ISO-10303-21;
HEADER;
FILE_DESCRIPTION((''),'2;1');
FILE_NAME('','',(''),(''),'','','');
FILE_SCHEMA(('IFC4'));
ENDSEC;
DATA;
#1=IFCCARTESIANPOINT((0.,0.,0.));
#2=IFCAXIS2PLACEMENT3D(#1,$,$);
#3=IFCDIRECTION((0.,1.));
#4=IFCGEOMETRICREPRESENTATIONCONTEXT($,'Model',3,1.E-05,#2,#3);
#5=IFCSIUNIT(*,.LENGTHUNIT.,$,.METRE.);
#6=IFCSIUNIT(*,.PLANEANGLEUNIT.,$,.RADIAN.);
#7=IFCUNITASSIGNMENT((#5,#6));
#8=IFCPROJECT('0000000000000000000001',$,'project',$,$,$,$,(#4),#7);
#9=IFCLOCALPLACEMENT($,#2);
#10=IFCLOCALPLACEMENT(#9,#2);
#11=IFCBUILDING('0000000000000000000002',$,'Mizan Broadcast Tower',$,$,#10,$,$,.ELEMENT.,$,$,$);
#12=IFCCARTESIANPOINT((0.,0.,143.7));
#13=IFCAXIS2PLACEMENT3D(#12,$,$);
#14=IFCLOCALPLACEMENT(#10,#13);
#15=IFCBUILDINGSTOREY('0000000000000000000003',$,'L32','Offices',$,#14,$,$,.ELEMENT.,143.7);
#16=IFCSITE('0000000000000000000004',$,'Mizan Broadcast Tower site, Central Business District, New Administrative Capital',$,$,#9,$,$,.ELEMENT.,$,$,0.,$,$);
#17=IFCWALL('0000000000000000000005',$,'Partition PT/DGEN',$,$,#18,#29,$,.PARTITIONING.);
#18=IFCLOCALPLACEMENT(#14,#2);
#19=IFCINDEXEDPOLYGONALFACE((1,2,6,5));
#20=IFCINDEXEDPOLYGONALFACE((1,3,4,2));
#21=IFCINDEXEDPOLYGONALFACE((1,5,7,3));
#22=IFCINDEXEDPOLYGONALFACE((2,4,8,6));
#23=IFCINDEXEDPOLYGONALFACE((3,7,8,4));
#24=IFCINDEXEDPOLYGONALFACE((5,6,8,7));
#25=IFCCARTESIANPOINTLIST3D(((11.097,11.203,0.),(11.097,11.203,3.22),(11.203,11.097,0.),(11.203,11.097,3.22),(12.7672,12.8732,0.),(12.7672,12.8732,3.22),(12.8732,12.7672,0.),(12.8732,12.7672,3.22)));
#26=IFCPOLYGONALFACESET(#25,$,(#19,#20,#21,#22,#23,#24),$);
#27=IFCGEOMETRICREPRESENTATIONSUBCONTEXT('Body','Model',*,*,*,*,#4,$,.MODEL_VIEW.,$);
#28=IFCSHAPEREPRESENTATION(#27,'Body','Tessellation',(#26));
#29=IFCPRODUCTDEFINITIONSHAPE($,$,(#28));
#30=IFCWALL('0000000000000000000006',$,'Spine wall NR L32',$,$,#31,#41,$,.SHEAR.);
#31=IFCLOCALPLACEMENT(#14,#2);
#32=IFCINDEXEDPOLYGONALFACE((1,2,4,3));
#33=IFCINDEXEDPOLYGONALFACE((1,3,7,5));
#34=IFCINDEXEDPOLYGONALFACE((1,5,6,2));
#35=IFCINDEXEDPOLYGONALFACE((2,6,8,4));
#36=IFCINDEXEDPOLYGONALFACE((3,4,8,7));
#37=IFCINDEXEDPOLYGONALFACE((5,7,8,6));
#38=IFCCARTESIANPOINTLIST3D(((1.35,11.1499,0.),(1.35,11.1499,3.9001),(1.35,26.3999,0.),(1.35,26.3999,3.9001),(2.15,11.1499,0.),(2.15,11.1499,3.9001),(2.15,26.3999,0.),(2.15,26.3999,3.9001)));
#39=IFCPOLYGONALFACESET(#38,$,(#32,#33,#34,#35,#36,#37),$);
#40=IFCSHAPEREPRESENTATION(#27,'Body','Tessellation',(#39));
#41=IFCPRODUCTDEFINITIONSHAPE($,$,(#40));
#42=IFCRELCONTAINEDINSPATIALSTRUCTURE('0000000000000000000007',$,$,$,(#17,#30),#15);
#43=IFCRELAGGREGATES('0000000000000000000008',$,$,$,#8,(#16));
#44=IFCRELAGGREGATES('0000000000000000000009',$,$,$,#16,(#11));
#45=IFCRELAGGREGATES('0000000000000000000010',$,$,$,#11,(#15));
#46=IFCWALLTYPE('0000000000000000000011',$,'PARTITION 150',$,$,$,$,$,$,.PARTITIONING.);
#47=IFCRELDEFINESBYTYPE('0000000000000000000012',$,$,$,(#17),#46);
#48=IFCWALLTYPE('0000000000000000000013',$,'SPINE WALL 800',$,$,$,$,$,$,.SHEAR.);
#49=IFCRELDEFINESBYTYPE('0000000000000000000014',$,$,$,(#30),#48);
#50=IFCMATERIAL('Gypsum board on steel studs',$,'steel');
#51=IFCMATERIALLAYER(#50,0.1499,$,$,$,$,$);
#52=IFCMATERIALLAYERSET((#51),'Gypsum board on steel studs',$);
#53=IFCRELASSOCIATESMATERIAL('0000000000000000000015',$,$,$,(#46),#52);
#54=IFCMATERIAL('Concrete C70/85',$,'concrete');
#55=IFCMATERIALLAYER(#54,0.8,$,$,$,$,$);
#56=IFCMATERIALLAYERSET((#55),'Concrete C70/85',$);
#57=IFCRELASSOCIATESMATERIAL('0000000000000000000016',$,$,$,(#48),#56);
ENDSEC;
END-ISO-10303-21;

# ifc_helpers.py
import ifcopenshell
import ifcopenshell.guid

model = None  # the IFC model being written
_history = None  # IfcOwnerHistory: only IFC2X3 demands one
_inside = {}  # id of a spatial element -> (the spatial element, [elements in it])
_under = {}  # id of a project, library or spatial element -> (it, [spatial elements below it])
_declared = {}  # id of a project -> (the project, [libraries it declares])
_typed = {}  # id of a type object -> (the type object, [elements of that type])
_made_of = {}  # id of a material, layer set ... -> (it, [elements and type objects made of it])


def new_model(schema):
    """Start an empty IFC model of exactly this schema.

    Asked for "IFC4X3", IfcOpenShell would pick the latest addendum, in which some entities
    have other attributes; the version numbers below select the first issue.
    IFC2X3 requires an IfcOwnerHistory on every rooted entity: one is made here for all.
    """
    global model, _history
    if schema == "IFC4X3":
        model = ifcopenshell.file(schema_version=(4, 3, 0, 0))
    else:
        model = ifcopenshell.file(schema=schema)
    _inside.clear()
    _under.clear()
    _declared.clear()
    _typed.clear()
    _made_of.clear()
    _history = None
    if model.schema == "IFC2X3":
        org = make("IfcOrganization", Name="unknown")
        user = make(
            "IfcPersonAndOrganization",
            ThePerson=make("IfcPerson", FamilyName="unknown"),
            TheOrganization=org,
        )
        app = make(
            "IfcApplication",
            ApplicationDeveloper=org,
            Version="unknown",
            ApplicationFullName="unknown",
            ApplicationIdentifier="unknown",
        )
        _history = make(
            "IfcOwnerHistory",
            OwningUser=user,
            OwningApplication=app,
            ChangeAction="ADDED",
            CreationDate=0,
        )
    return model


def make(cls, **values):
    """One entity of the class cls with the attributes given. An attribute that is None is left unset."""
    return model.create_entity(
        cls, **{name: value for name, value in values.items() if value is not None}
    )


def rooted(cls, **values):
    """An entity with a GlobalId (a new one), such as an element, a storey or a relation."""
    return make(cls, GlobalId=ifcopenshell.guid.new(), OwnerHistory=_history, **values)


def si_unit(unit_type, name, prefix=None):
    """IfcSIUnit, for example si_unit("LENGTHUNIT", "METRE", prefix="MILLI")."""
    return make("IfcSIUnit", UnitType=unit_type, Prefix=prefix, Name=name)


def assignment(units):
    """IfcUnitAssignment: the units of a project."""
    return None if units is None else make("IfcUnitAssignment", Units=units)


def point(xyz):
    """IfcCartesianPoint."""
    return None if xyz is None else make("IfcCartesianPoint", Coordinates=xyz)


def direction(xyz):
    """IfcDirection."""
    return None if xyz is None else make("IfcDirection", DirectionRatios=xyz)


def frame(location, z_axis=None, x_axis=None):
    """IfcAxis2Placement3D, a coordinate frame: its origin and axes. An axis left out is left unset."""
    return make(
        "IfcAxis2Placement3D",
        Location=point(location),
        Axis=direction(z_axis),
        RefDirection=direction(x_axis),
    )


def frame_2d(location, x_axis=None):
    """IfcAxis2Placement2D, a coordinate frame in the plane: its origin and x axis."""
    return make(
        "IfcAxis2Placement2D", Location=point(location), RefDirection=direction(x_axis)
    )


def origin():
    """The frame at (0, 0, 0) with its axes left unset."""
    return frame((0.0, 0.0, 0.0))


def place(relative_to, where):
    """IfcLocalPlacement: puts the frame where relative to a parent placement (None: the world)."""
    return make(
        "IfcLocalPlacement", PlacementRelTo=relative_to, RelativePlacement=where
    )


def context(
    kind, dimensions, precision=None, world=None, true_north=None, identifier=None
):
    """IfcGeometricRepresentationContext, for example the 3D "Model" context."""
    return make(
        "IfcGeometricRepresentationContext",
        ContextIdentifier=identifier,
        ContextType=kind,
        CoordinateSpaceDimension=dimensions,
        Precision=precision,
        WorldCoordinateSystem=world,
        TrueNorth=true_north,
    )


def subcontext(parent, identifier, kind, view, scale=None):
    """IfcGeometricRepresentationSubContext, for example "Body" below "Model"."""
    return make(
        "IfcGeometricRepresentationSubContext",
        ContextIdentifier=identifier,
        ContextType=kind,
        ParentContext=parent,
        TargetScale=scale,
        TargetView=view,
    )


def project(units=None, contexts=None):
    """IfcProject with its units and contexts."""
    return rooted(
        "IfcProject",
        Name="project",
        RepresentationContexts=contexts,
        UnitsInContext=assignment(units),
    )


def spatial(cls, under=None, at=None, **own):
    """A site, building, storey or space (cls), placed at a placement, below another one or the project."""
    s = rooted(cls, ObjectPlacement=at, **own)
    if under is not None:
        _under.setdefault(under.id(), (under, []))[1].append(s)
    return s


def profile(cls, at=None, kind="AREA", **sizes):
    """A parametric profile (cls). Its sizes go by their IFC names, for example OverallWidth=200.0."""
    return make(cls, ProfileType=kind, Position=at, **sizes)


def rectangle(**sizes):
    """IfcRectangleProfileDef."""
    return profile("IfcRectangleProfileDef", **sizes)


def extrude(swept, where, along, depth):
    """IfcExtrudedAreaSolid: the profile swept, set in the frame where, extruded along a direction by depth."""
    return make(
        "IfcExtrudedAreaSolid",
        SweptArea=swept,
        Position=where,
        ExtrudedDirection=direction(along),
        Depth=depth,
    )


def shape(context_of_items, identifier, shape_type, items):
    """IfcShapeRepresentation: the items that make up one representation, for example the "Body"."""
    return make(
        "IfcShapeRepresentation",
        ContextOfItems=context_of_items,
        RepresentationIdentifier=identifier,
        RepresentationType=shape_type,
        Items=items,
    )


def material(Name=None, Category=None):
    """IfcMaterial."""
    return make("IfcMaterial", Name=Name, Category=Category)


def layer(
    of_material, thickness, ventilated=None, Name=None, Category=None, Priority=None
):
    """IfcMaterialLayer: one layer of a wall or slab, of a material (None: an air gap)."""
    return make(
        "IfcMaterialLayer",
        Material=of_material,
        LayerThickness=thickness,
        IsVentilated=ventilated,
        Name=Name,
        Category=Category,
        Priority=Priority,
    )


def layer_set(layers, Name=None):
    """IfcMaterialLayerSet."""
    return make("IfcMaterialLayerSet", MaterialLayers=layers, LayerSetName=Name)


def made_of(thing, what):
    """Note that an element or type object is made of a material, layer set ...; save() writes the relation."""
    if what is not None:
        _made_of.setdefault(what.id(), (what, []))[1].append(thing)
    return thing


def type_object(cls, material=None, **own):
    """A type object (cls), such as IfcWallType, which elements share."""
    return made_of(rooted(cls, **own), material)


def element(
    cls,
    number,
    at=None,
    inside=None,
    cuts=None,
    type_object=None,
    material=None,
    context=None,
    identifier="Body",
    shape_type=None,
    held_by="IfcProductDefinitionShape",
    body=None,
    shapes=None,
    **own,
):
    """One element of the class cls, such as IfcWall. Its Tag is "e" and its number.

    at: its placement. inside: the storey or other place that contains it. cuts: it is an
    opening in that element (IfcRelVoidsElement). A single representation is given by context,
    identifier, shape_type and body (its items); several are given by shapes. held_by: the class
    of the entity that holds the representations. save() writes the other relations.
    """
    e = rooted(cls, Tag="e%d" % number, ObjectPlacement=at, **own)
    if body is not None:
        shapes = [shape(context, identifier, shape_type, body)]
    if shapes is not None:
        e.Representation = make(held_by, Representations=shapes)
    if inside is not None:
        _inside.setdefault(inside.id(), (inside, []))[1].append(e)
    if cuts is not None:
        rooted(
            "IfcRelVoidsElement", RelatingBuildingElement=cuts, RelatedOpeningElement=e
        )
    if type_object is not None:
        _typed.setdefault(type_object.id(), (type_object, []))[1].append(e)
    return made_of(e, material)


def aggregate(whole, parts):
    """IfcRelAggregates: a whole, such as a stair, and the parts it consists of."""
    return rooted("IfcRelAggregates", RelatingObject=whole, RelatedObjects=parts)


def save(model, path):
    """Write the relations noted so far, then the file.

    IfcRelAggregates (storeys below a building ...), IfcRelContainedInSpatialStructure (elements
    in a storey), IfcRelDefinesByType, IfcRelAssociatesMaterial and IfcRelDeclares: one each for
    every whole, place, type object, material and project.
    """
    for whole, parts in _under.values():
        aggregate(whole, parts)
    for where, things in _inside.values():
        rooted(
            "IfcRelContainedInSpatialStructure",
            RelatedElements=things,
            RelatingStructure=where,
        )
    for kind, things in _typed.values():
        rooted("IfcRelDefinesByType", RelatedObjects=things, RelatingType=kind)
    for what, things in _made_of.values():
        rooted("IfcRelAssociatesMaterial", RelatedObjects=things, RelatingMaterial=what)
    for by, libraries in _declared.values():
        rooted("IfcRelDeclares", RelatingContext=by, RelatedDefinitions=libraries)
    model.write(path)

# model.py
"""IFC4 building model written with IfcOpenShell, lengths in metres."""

from ifc_helpers import new_model, si_unit, direction, frame, frame_2d, origin, place, context, subcontext, project, spatial, rectangle, extrude, material, layer, layer_set, type_object, element, save


model = new_model("IFC4")

# Units and contexts
model_context = context("Model", 3, precision=1e-05, world=origin(), true_north=direction((0.0, 1.0)))
body_context = subcontext(model_context, "Body", "Model", "MODEL_VIEW")
ifc_project = project(units=[si_unit("LENGTHUNIT", "METRE"), si_unit("PLANEANGLEUNIT", "RADIAN")], contexts=[model_context])

# Site, building, storey
site_placement = place(None, origin())
site = spatial("IfcSite", under=ifc_project, at=site_placement, Name="Mizan Broadcast Tower site, Central Business District, New Administrative Capital", CompositionType="ELEMENT", RefElevation=0.0)
building_placement = place(site_placement, origin())
building = spatial("IfcBuilding", under=site, at=building_placement, Name="Mizan Broadcast Tower", CompositionType="ELEMENT")
storey_placement = place(building_placement, frame((0.0, 0.0, 143.7)))
storey = spatial("IfcBuildingStorey", under=building, at=storey_placement, Name="L32", Description="Offices", CompositionType="ELEMENT", Elevation=143.7)

# Walls
ifc_material_1 = material(Name="Gypsum board on steel studs", Category="steel")
ifc_layer_1 = layer(ifc_material_1, 0.1499)
ifc_layer_set_1 = layer_set([ifc_layer_1], Name="Gypsum board on steel studs")
wall_type_1 = type_object("IfcWallType", Name="PARTITION 150", PredefinedType="PARTITIONING", material=ifc_layer_set_1)
wall_1_placement = place(storey_placement, frame((11.1499, 11.1499, 0.0), z_axis=(0.0, 0.0, 1.0), x_axis=(0.707107, 0.707107, 0.0)))
element("IfcWall", 1, at=wall_1_placement, inside=storey, type_object=wall_type_1, Name="Partition PT/DGEN", PredefinedType="PARTITIONING", context=body_context, shape_type="SweptSolid", body=[
    extrude(rectangle(XDim=2.3621, YDim=0.1499, at=frame_2d((1.1812, 0.0))), origin(), (0.0, 0.0, 1.0), 3.22),
])
ifc_material_2 = material(Name="Concrete C70/85", Category="concrete")
ifc_layer_2 = layer(ifc_material_2, 0.8)
ifc_layer_set_2 = layer_set([ifc_layer_2], Name="Concrete C70/85")
wall_type_2 = type_object("IfcWallType", Name="SPINE WALL 800", PredefinedType="SHEAR", material=ifc_layer_set_2)
wall_2_placement = place(storey_placement, frame((1.75, 11.1499, 0.0), z_axis=(0.0, 0.0, 1.0), x_axis=(0.0, 1.0, 0.0)))
element("IfcWall", 2, at=wall_2_placement, inside=storey, type_object=wall_type_2, Name="Spine wall NR L32", PredefinedType="SHEAR", context=body_context, shape_type="SweptSolid", body=[
    extrude(rectangle(XDim=15.25, YDim=0.8, at=frame_2d((7.625, 0.0))), origin(), (0.0, 0.0, 1.0), 3.9001),
])

save(model, "model.ifc")
